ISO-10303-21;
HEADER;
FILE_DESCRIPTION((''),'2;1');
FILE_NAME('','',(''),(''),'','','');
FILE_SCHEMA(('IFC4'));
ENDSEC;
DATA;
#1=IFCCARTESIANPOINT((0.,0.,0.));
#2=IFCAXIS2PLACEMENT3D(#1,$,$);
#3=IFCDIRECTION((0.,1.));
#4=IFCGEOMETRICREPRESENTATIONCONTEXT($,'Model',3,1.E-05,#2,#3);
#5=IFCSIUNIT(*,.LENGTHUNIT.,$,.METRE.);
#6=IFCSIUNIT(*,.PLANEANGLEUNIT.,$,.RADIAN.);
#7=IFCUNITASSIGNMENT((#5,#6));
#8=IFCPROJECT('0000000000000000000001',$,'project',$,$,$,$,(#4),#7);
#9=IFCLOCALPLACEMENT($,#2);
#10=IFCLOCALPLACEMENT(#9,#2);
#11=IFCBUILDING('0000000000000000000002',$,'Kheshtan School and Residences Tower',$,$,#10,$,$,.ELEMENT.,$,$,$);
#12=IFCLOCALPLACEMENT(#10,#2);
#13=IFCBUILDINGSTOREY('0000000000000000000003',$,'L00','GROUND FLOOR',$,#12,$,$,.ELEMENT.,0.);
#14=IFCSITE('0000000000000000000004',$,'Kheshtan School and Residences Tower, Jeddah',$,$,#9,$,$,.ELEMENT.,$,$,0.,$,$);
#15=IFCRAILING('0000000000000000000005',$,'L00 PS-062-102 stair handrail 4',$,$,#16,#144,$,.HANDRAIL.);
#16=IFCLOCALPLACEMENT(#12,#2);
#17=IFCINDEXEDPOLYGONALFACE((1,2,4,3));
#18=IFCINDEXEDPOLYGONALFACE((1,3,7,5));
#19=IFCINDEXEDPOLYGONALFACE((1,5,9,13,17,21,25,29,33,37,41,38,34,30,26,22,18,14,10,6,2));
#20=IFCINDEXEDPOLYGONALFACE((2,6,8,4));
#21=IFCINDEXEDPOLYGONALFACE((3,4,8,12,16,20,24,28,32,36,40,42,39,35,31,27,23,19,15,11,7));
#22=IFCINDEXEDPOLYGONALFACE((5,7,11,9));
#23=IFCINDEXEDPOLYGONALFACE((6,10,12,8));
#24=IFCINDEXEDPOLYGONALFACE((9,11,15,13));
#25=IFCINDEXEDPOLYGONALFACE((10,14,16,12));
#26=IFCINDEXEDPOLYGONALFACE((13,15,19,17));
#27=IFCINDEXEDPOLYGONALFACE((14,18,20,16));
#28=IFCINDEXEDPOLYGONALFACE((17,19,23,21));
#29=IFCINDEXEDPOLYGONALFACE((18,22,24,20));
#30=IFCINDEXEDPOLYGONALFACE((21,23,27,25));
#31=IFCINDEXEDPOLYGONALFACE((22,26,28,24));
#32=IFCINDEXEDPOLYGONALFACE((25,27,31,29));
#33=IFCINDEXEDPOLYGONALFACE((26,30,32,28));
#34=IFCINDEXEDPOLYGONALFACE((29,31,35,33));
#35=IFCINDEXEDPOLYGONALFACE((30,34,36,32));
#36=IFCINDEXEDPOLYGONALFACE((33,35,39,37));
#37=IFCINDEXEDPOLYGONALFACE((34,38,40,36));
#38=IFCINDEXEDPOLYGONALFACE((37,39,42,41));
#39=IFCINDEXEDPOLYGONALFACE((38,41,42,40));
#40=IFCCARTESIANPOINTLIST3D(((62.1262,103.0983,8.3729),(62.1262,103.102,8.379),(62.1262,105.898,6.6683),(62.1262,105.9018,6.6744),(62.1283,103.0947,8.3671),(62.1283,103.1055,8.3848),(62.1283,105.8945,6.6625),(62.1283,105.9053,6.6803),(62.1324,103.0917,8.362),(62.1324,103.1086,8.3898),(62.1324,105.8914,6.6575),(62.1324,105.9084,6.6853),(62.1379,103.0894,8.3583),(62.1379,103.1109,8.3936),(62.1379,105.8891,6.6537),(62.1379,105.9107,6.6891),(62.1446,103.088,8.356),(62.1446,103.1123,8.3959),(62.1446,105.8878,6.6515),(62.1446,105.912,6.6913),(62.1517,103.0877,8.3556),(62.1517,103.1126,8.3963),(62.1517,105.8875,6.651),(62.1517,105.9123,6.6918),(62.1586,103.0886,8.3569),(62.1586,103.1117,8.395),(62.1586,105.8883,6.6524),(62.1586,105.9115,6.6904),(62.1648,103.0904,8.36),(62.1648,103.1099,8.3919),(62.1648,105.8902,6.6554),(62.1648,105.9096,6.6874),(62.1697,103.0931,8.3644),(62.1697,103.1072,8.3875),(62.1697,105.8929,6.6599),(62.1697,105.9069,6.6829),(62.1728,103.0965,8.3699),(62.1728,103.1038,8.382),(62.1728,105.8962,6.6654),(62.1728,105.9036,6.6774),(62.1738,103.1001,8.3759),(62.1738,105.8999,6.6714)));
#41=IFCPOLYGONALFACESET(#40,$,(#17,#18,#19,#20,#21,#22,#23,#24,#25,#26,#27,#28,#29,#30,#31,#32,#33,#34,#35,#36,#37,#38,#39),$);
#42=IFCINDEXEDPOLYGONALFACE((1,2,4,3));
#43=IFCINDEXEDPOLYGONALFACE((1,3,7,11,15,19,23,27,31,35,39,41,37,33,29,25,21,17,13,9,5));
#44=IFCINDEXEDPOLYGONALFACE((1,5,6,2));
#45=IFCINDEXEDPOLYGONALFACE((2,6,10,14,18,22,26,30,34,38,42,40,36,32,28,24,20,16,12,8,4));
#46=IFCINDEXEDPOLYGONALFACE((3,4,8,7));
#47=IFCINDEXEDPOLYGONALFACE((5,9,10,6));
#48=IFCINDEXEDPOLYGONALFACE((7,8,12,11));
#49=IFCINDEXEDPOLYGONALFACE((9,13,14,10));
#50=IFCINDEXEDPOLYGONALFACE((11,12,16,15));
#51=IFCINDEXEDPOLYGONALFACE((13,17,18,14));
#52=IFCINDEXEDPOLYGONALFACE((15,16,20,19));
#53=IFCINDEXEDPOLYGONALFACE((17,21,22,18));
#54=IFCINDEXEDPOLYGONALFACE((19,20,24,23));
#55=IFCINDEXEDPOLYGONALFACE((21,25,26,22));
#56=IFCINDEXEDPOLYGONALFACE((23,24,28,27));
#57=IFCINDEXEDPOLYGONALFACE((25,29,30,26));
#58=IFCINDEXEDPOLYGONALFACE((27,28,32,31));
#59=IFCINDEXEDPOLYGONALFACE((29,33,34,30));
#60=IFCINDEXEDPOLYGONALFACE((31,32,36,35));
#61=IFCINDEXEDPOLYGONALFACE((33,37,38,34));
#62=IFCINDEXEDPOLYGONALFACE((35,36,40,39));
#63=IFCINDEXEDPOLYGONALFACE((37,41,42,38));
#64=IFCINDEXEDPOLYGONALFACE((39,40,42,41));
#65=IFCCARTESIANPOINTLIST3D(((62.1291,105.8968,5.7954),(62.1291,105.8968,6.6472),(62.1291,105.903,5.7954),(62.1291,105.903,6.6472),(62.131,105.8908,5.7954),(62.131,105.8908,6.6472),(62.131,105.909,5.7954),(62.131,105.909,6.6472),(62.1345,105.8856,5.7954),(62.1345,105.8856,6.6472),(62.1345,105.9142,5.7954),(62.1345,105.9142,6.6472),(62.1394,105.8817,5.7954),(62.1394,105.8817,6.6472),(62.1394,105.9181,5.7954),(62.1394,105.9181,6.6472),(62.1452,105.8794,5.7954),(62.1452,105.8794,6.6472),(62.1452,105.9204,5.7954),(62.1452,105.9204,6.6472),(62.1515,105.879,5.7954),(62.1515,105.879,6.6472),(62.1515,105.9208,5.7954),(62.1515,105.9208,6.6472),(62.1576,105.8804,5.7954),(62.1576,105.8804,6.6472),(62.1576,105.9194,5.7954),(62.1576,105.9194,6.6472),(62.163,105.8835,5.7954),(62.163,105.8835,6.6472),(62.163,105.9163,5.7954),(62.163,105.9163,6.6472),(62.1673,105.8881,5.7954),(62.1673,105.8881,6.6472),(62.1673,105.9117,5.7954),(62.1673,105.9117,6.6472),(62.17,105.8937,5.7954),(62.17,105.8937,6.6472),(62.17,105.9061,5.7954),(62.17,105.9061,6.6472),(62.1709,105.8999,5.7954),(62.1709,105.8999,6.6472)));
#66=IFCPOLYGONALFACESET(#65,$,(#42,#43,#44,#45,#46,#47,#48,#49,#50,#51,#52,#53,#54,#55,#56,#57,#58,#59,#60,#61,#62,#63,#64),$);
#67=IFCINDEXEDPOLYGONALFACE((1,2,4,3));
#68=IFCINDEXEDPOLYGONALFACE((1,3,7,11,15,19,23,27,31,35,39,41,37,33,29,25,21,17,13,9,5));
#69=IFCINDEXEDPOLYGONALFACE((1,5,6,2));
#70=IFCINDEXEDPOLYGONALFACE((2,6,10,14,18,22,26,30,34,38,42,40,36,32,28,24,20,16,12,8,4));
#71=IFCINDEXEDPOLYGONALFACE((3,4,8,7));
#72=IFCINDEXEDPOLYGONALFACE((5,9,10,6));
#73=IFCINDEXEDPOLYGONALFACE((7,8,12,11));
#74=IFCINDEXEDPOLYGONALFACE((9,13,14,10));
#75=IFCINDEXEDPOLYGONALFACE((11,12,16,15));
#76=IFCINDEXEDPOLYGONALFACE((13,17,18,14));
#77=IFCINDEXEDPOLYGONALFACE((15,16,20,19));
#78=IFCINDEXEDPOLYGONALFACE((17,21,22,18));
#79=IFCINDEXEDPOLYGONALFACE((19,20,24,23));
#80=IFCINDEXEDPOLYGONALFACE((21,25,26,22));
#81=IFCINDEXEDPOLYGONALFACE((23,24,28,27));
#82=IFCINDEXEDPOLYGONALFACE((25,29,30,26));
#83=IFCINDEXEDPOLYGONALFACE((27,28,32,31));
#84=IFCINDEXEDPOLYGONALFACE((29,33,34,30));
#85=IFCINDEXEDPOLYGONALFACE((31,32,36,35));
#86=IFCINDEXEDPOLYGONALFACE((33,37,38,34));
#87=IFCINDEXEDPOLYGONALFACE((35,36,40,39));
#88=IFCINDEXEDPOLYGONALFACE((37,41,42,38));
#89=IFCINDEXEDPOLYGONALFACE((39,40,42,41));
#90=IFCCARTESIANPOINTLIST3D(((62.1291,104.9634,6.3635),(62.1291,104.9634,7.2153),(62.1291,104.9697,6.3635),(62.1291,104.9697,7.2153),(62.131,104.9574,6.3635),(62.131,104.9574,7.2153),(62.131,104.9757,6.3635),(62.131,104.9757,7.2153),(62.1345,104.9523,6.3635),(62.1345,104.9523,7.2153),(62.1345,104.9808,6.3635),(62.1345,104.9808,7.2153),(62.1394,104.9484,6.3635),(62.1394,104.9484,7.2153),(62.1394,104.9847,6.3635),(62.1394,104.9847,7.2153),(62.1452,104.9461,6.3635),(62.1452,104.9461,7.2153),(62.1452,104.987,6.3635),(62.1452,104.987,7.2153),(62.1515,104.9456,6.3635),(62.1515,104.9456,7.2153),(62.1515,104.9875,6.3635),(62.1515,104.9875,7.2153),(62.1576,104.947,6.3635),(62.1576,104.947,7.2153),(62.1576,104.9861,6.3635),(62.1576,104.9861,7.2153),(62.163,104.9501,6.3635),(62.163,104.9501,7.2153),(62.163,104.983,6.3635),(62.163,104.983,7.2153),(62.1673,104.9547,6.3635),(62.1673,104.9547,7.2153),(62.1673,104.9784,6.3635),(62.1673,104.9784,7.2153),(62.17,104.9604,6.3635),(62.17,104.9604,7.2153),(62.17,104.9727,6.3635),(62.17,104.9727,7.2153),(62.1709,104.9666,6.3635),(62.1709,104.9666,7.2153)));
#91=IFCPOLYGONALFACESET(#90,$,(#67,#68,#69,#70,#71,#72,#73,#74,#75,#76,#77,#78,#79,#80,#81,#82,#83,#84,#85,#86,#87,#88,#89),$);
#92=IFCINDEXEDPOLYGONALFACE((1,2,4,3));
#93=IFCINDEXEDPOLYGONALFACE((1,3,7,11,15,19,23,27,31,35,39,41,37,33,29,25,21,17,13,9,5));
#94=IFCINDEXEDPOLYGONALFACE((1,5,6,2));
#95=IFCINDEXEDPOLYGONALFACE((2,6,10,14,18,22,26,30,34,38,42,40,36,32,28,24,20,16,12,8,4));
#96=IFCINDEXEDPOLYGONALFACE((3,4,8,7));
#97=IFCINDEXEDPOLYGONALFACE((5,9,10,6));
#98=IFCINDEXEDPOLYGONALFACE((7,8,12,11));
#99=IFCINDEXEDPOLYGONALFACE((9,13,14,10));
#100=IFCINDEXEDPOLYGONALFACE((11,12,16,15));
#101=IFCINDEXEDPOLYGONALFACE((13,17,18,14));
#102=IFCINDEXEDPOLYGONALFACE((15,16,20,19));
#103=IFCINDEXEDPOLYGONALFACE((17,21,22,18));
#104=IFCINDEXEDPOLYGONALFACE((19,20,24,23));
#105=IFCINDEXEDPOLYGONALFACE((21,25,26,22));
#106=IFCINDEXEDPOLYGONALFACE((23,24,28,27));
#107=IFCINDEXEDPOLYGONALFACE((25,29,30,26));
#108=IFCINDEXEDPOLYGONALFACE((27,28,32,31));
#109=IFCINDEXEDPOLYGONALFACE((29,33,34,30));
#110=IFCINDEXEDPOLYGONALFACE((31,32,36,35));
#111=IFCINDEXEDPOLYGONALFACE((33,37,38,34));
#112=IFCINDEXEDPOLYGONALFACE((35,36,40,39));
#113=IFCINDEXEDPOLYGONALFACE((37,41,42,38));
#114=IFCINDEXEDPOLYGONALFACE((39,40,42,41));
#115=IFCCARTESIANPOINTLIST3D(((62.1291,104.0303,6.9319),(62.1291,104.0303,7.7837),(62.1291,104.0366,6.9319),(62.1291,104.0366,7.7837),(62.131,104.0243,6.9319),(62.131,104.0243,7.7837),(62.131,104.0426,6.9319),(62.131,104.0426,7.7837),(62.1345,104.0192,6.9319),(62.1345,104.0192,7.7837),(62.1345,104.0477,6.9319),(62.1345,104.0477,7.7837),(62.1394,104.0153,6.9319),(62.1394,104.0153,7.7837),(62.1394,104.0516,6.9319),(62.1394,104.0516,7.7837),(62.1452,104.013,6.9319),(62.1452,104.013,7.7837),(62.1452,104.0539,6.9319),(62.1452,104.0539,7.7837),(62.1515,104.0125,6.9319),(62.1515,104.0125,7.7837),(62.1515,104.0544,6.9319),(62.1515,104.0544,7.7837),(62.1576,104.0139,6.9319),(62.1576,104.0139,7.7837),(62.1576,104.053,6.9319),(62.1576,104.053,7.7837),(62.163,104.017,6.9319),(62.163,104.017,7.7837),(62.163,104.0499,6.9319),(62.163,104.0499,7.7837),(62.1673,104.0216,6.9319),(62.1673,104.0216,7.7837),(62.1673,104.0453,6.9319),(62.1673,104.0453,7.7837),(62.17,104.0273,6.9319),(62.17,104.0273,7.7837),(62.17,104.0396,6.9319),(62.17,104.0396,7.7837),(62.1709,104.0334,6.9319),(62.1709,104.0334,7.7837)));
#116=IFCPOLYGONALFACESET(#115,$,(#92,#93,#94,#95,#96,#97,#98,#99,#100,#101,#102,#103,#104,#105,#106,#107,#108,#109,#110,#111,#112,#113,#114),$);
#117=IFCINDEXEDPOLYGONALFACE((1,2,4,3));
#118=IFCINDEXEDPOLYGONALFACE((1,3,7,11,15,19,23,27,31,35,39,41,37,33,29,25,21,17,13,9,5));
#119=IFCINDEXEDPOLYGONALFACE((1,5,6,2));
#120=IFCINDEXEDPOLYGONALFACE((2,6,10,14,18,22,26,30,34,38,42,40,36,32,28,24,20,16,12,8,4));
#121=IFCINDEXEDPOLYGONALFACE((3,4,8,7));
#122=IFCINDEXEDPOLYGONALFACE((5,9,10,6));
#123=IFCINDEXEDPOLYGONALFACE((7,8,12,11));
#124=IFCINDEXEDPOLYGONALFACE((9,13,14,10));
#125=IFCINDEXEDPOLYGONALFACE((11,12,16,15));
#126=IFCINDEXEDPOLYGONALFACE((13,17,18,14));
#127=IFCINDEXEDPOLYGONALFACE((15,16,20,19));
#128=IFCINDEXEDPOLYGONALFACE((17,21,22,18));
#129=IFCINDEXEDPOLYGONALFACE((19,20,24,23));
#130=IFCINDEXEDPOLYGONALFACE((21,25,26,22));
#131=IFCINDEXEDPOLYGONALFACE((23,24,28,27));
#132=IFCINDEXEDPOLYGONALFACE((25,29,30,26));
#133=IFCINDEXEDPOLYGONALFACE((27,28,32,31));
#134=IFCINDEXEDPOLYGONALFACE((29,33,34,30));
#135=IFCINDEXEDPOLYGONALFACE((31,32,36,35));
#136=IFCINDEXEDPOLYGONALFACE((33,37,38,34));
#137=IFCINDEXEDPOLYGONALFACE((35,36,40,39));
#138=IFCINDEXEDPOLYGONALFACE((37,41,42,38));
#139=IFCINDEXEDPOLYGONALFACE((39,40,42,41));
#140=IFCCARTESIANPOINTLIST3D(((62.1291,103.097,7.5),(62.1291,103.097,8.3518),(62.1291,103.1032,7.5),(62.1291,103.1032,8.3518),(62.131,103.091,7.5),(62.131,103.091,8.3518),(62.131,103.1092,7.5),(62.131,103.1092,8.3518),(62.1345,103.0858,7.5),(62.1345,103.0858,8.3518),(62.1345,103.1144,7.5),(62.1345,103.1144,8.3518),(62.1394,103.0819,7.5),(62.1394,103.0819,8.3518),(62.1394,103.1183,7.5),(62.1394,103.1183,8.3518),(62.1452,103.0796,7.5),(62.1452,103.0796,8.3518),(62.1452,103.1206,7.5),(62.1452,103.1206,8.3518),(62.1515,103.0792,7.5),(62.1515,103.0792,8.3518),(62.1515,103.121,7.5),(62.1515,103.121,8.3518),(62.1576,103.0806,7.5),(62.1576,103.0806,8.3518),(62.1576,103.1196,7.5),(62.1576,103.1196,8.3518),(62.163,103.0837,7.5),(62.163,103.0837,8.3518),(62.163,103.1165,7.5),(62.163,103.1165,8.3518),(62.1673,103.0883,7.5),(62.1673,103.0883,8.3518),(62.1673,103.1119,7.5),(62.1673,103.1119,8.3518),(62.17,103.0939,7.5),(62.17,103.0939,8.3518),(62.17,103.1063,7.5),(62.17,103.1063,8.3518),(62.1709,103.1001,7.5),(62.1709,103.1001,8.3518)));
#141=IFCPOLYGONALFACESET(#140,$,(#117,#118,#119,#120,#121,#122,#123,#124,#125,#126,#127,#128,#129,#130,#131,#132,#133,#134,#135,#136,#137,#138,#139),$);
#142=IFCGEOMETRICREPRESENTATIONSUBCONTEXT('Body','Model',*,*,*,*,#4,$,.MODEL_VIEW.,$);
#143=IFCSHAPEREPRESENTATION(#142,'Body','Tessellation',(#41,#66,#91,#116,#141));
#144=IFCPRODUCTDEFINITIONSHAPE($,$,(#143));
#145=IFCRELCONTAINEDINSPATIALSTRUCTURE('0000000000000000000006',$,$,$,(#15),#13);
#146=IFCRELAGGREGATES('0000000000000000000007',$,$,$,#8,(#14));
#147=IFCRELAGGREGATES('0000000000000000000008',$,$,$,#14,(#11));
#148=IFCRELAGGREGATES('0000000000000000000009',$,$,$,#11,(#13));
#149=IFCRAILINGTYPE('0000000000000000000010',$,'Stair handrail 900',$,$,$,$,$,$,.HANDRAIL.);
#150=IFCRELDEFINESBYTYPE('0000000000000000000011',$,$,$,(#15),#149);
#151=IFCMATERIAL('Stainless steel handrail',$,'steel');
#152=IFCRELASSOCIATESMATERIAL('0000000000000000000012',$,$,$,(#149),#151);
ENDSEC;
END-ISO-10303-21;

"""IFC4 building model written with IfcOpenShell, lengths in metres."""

from ifc_helpers import new_model, si_unit, direction, frame, origin, origin_2d, place, context, subcontext, project, spatial, circle, extrude, material, type_object, element, save


model = new_model("IFC4")

# Units and contexts
model_context = context("Model", 3, precision=1e-05, world=origin(), true_north=direction((0.0, 1.0)))
body_context = subcontext(model_context, "Body", "Model", "MODEL_VIEW")
ifc_project = project(units=[si_unit("LENGTHUNIT", "METRE"), si_unit("PLANEANGLEUNIT", "RADIAN")], contexts=[model_context])

# Site, building, storey
site_placement = place(None, origin())
site = spatial("IfcSite", under=ifc_project, at=site_placement, Name="Kheshtan School and Residences Tower, Jeddah", CompositionType="ELEMENT", RefElevation=0.0)
building_placement = place(site_placement, origin())
building = spatial("IfcBuilding", under=site, at=building_placement, Name="Kheshtan School and Residences Tower", CompositionType="ELEMENT")
storey_placement = place(building_placement, origin())
storey = spatial("IfcBuildingStorey", under=building, at=storey_placement, Name="L00", Description="GROUND FLOOR", CompositionType="ELEMENT", Elevation=0.0)

# Railing
ifc_material_1 = material(Name="Stainless steel handrail", Category="steel")
railing_type_1 = type_object("IfcRailingType", Name="Stair handrail 900", PredefinedType="HANDRAIL", material=ifc_material_1)
railing_1_placement = place(storey_placement, frame((62.1499, 105.8999, 5.7954)))
element("IfcRailing", 1, at=railing_1_placement, inside=storey, type_object=railing_type_1, Name="L00 PS-062-102 stair handrail 4", PredefinedType="HANDRAIL", context=body_context, shape_type="SweptSolid", body=[
    extrude(circle(Radius=0.0239, at=origin_2d()), frame((0.0, 0.0, 0.876), z_axis=(0.0, -0.85415, 0.520027), x_axis=(1.0, 0.0, 0.0)), (0.0, 0.0, 1.0), 3.2778),
    extrude(circle(Radius=0.021, at=origin_2d()), origin(), (0.0, 0.0, 1.0), 0.8518),
    extrude(circle(Radius=0.021, at=origin_2d()), frame((0.0, -0.9333, 0.5681)), (0.0, 0.0, 1.0), 0.8518),
    extrude(circle(Radius=0.021, at=origin_2d()), frame((0.0, -1.8665, 1.1365)), (0.0, 0.0, 1.0), 0.8518),
    extrude(circle(Radius=0.021, at=origin_2d()), frame((0.0, -2.7998, 1.7046)), (0.0, 0.0, 1.0), 0.8518),
])

save(model, "model.ifc")
